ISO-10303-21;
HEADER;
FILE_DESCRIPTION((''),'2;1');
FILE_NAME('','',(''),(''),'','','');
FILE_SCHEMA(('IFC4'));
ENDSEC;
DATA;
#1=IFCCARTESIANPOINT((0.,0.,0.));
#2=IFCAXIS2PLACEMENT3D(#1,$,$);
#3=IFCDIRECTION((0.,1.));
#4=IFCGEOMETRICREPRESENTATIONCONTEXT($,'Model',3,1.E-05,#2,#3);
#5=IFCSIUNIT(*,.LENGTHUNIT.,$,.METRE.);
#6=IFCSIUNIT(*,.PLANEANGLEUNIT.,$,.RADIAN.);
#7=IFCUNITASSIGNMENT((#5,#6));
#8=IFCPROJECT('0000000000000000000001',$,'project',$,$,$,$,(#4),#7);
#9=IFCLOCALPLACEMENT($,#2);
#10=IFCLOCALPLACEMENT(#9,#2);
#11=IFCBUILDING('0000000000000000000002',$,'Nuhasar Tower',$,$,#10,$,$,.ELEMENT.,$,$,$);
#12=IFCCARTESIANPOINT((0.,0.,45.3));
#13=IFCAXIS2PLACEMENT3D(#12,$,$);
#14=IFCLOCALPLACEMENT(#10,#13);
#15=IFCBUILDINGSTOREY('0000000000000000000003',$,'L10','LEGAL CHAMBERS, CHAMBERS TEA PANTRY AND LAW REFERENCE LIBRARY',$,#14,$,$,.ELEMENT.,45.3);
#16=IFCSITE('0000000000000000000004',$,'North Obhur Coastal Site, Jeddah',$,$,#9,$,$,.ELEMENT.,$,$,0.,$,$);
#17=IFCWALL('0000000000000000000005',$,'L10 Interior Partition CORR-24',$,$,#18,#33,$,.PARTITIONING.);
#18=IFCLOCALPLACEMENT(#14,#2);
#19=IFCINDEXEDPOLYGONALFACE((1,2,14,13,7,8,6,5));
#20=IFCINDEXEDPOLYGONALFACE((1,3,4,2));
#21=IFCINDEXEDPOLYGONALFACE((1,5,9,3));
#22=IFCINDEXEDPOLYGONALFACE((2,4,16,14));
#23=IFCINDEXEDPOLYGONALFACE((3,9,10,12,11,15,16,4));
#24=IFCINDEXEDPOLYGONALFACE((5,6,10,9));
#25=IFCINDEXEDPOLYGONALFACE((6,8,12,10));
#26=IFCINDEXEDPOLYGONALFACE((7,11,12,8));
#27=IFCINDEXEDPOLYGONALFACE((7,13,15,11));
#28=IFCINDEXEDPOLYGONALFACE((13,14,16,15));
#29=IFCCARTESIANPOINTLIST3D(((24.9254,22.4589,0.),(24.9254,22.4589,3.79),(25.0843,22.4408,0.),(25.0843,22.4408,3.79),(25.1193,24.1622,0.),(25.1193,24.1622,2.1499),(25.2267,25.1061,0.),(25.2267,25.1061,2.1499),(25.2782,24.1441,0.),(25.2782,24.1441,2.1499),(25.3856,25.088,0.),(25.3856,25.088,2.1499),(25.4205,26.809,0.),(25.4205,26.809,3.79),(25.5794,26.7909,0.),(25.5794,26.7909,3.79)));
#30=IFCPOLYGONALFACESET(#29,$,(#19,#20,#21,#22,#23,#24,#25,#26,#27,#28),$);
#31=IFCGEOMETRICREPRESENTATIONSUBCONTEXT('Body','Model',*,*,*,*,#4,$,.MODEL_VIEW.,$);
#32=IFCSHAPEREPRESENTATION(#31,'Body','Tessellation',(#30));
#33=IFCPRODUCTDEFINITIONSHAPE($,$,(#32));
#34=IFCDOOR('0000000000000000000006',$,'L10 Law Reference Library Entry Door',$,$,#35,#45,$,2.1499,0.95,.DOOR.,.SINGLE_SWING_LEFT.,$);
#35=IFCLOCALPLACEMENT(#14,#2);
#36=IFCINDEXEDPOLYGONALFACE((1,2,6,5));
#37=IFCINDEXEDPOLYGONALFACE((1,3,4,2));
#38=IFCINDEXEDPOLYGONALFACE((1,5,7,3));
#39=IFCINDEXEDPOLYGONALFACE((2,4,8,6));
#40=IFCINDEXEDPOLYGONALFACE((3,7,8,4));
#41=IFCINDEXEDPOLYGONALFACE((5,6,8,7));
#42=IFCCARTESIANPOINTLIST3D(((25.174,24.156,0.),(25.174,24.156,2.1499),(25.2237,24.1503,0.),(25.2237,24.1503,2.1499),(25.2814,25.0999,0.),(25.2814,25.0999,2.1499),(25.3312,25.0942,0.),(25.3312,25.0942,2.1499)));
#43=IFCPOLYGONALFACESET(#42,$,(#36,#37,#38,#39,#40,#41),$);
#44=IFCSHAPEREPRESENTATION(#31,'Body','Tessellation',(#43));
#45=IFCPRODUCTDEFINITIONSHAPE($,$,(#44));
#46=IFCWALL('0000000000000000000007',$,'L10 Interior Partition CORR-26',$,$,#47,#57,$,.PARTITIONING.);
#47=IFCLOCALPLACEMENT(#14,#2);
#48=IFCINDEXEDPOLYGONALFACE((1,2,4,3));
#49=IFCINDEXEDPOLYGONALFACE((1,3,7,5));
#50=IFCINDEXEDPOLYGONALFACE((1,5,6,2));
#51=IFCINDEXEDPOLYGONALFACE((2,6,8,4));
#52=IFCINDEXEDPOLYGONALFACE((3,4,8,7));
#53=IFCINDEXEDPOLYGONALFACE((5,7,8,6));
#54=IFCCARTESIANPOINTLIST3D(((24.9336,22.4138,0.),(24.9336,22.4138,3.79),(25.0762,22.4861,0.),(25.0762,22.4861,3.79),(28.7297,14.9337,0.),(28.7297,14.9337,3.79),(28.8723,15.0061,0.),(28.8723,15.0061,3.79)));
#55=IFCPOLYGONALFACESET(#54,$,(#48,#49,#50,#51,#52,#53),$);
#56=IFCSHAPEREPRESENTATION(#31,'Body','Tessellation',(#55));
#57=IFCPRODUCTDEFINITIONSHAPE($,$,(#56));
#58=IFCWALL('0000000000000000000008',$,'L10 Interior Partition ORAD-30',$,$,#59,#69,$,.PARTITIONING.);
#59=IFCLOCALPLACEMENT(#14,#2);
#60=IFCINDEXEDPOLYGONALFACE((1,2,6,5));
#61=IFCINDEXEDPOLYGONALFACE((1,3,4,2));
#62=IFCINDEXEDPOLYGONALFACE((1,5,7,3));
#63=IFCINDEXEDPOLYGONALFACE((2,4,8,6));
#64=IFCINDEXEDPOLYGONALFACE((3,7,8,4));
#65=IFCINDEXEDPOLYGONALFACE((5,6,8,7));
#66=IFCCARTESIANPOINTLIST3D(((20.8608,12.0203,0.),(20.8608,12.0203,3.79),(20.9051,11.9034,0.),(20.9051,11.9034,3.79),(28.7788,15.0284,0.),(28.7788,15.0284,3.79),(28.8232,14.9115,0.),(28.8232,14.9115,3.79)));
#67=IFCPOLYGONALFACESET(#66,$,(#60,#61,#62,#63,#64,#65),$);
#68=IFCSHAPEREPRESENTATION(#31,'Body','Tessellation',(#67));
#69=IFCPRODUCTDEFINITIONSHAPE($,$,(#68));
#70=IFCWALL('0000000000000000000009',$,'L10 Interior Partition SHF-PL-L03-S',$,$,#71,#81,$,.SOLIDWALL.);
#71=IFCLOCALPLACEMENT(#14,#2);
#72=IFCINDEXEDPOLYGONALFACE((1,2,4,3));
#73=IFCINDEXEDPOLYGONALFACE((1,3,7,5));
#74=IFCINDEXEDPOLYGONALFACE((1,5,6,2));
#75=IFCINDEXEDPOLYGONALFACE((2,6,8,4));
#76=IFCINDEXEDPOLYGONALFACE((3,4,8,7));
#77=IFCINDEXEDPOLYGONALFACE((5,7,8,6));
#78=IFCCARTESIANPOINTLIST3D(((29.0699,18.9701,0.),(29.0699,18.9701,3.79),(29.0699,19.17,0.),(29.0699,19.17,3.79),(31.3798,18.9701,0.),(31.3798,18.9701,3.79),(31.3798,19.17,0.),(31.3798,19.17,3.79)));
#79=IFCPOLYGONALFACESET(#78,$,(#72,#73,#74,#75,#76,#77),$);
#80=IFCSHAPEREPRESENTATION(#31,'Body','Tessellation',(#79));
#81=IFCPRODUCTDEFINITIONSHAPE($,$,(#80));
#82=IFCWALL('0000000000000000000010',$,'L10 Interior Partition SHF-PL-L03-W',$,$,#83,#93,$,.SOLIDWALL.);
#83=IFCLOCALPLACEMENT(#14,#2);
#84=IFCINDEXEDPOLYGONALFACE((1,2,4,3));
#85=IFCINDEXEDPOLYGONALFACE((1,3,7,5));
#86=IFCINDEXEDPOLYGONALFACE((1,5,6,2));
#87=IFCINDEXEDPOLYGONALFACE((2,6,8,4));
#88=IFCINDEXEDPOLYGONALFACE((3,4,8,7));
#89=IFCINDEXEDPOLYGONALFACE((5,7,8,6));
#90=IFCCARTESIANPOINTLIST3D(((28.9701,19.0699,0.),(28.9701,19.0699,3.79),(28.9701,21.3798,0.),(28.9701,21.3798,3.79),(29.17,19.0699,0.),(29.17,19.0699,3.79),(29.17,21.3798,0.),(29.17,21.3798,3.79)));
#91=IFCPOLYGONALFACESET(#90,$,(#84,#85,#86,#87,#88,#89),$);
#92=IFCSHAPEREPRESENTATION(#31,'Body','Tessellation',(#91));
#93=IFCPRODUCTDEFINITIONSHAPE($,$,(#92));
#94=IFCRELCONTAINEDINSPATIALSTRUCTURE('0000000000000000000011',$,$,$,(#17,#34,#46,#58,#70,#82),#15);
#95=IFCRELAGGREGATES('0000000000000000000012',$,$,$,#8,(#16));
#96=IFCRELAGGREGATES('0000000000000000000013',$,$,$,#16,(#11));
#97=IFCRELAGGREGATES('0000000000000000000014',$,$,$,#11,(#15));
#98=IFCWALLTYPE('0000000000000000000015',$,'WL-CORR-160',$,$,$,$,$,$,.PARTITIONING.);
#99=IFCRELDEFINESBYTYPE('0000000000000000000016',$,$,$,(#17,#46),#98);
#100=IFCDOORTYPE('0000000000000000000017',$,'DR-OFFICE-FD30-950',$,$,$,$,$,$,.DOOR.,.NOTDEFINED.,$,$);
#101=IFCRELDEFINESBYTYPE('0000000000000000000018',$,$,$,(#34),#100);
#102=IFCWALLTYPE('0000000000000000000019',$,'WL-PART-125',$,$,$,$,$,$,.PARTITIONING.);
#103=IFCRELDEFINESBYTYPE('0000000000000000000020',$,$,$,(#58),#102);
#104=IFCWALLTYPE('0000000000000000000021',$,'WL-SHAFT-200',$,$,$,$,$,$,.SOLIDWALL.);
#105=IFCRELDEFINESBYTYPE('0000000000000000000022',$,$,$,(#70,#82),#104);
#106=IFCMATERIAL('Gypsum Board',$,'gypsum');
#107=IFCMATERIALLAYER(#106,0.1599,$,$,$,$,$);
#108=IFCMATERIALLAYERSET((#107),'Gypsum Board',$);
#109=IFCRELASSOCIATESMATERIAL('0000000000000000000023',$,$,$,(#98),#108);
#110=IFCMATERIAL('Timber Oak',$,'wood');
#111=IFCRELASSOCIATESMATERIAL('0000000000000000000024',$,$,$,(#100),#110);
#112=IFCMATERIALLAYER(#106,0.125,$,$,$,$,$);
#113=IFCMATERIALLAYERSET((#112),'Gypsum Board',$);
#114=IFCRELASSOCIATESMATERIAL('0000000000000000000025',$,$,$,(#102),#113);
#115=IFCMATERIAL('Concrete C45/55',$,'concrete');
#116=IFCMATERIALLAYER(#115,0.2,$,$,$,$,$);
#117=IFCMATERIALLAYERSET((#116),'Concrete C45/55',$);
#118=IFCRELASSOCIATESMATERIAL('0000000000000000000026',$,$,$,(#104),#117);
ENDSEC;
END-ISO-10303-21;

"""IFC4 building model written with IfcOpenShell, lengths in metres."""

from ifc_helpers import new_model, si_unit, direction, frame, frame_2d, origin, place, context, subcontext, project, spatial, rectangle, extrude, material, layer, layer_set, type_object, element, fill, save


model = new_model("IFC4")

# Units and contexts
model_context = context("Model", 3, precision=1e-05, world=origin(), true_north=direction((0.0, 1.0)))
body_context = subcontext(model_context, "Body", "Model", "MODEL_VIEW")
ifc_project = project(units=[si_unit("LENGTHUNIT", "METRE"), si_unit("PLANEANGLEUNIT", "RADIAN")], contexts=[model_context])

# Site, building, storey
site_placement = place(None, origin())
site = spatial("IfcSite", under=ifc_project, at=site_placement, Name="North Obhur Coastal Site, Jeddah", CompositionType="ELEMENT", RefElevation=0.0)
building_placement = place(site_placement, origin())
building = spatial("IfcBuilding", under=site, at=building_placement, Name="Nuhasar Tower", CompositionType="ELEMENT")
storey_placement = place(building_placement, frame((0.0, 0.0, 45.3)))
storey = spatial("IfcBuildingStorey", under=building, at=storey_placement, Name="L10", Description="LEGAL CHAMBERS, CHAMBERS TEA PANTRY AND LAW REFERENCE LIBRARY", CompositionType="ELEMENT", Elevation=45.3)

# Wall, opening, door
ifc_material_1 = material(Name="Gypsum Board", Category="gypsum")
ifc_layer_1 = layer(ifc_material_1, 0.1599)
ifc_layer_set_1 = layer_set([ifc_layer_1], Name="Gypsum Board")
wall_type_1 = type_object("IfcWallType", Name="WL-CORR-160", PredefinedType="PARTITIONING", material=ifc_layer_set_1)
wall_1_placement = place(storey_placement, frame((25.0049, 22.45, 0.0), z_axis=(0.0, 0.0, 1.0), x_axis=(0.113087, 0.993585, 0.0)))
wall_1 = element("IfcWall", 1, at=wall_1_placement, inside=storey, type_object=wall_type_1, Name="L10 Interior Partition CORR-24", PredefinedType="PARTITIONING", context=body_context, shape_type="SweptSolid", body=[
    extrude(rectangle(XDim=4.3782, YDim=0.1599, at=frame_2d((2.189, 0.0))), origin(), (0.0, 0.0, 1.0), 3.79),
])
opening_1_placement = place(wall_1_placement, frame((1.7141, 0.0, 0.0)))
opening_1 = element("IfcOpeningElement", 2, at=opening_1_placement, cuts=wall_1, PredefinedType="OPENING", context=body_context, shape_type="SweptSolid", body=[
    extrude(rectangle(XDim=0.95, YDim=2.1499, at=frame_2d((0.4751, 1.075))), frame((0.0, 0.0898, 0.0), z_axis=(0.0, -1.0, 0.0), x_axis=(1.0, 0.0, 0.0)), (0.0, 0.0, 1.0), 0.1799),
])
ifc_material_2 = material(Name="Timber Oak", Category="wood")
door_type_1 = type_object("IfcDoorType", Name="DR-OFFICE-FD30-950", OperationType="NOTDEFINED", PredefinedType="DOOR", material=ifc_material_2)
door_1_placement = place(opening_1_placement, origin())
door_1 = element("IfcDoor", 3, at=door_1_placement, inside=storey, type_object=door_type_1, Name="L10 Law Reference Library Entry Door", OperationType="SINGLE_SWING_LEFT", OverallHeight=2.1499, OverallWidth=0.95, PredefinedType="DOOR", context=body_context, shape_type="SweptSolid", body=[
    extrude(rectangle(XDim=0.95, YDim=2.1499, at=frame_2d((0.4751, 1.075))), frame((0.0, 0.0249, 0.0), z_axis=(0.0, -1.0, 0.0), x_axis=(1.0, 0.0, 0.0)), (0.0, 0.0, 1.0), 0.05),
])
fill(opening_1, door_1)

# Walls
wall_2_placement = place(storey_placement, frame((25.0049, 22.45, 0.0), z_axis=(0.0, 0.0, 1.0), x_axis=(0.452561, -0.891733, 0.0)))
element("IfcWall", 4, at=wall_2_placement, inside=storey, type_object=wall_type_1, Name="L10 Interior Partition CORR-26", PredefinedType="PARTITIONING", context=body_context, shape_type="SweptSolid", body=[
    extrude(rectangle(XDim=8.3882, YDim=0.1599, at=frame_2d((4.1941, 0.0))), origin(), (0.0, 0.0, 1.0), 3.79),
])
ifc_layer_2 = layer(ifc_material_1, 0.125)
ifc_layer_set_2 = layer_set([ifc_layer_2], Name="Gypsum Board")
wall_type_2 = type_object("IfcWallType", Name="WL-PART-125", PredefinedType="PARTITIONING", material=ifc_layer_set_2)
wall_3_placement = place(storey_placement, frame((28.801, 14.97, 0.0), z_axis=(0.0, 0.0, 1.0), x_axis=(-0.934814, -0.355138, 0.0)))
element("IfcWall", 5, at=wall_3_placement, inside=storey, type_object=wall_type_2, Name="L10 Interior Partition ORAD-30", PredefinedType="PARTITIONING", context=body_context, shape_type="SweptSolid", body=[
    extrude(rectangle(XDim=8.4702, YDim=0.125, at=frame_2d((4.2351, 0.0))), origin(), (0.0, 0.0, 1.0), 3.79),
])
ifc_material_3 = material(Name="Concrete C45/55", Category="concrete")
ifc_layer_3 = layer(ifc_material_3, 0.2)
ifc_layer_set_3 = layer_set([ifc_layer_3], Name="Concrete C45/55")
wall_type_3 = type_object("IfcWallType", Name="WL-SHAFT-200", PredefinedType="SOLIDWALL", material=ifc_layer_set_3)
wall_4_placement = place(storey_placement, frame((29.0701, 19.0701, 0.0), z_axis=(0.0, 0.0, 1.0), x_axis=(1.0, 0.0, 0.0)))
element("IfcWall", 6, at=wall_4_placement, inside=storey, type_object=wall_type_3, Name="L10 Interior Partition SHF-PL-L03-S", PredefinedType="SOLIDWALL", context=body_context, shape_type="SweptSolid", body=[
    extrude(rectangle(XDim=2.3098, YDim=0.2, at=frame_2d((1.1548, 0.0))), origin(), (0.0, 0.0, 1.0), 3.79),
])

# Wall
wall_5_placement = place(storey_placement, frame((29.0701, 19.0701, 0.0), z_axis=(0.0, 0.0, 1.0), x_axis=(0.0, 1.0, 0.0)))
element("IfcWall", 7, at=wall_5_placement, inside=storey, type_object=wall_type_3, Name="L10 Interior Partition SHF-PL-L03-W", PredefinedType="SOLIDWALL", context=body_context, shape_type="SweptSolid", body=[
    extrude(rectangle(XDim=2.3098, YDim=0.2, at=frame_2d((1.1548, 0.0))), origin(), (0.0, 0.0, 1.0), 3.79),
])

save(model, "model.ifc")
